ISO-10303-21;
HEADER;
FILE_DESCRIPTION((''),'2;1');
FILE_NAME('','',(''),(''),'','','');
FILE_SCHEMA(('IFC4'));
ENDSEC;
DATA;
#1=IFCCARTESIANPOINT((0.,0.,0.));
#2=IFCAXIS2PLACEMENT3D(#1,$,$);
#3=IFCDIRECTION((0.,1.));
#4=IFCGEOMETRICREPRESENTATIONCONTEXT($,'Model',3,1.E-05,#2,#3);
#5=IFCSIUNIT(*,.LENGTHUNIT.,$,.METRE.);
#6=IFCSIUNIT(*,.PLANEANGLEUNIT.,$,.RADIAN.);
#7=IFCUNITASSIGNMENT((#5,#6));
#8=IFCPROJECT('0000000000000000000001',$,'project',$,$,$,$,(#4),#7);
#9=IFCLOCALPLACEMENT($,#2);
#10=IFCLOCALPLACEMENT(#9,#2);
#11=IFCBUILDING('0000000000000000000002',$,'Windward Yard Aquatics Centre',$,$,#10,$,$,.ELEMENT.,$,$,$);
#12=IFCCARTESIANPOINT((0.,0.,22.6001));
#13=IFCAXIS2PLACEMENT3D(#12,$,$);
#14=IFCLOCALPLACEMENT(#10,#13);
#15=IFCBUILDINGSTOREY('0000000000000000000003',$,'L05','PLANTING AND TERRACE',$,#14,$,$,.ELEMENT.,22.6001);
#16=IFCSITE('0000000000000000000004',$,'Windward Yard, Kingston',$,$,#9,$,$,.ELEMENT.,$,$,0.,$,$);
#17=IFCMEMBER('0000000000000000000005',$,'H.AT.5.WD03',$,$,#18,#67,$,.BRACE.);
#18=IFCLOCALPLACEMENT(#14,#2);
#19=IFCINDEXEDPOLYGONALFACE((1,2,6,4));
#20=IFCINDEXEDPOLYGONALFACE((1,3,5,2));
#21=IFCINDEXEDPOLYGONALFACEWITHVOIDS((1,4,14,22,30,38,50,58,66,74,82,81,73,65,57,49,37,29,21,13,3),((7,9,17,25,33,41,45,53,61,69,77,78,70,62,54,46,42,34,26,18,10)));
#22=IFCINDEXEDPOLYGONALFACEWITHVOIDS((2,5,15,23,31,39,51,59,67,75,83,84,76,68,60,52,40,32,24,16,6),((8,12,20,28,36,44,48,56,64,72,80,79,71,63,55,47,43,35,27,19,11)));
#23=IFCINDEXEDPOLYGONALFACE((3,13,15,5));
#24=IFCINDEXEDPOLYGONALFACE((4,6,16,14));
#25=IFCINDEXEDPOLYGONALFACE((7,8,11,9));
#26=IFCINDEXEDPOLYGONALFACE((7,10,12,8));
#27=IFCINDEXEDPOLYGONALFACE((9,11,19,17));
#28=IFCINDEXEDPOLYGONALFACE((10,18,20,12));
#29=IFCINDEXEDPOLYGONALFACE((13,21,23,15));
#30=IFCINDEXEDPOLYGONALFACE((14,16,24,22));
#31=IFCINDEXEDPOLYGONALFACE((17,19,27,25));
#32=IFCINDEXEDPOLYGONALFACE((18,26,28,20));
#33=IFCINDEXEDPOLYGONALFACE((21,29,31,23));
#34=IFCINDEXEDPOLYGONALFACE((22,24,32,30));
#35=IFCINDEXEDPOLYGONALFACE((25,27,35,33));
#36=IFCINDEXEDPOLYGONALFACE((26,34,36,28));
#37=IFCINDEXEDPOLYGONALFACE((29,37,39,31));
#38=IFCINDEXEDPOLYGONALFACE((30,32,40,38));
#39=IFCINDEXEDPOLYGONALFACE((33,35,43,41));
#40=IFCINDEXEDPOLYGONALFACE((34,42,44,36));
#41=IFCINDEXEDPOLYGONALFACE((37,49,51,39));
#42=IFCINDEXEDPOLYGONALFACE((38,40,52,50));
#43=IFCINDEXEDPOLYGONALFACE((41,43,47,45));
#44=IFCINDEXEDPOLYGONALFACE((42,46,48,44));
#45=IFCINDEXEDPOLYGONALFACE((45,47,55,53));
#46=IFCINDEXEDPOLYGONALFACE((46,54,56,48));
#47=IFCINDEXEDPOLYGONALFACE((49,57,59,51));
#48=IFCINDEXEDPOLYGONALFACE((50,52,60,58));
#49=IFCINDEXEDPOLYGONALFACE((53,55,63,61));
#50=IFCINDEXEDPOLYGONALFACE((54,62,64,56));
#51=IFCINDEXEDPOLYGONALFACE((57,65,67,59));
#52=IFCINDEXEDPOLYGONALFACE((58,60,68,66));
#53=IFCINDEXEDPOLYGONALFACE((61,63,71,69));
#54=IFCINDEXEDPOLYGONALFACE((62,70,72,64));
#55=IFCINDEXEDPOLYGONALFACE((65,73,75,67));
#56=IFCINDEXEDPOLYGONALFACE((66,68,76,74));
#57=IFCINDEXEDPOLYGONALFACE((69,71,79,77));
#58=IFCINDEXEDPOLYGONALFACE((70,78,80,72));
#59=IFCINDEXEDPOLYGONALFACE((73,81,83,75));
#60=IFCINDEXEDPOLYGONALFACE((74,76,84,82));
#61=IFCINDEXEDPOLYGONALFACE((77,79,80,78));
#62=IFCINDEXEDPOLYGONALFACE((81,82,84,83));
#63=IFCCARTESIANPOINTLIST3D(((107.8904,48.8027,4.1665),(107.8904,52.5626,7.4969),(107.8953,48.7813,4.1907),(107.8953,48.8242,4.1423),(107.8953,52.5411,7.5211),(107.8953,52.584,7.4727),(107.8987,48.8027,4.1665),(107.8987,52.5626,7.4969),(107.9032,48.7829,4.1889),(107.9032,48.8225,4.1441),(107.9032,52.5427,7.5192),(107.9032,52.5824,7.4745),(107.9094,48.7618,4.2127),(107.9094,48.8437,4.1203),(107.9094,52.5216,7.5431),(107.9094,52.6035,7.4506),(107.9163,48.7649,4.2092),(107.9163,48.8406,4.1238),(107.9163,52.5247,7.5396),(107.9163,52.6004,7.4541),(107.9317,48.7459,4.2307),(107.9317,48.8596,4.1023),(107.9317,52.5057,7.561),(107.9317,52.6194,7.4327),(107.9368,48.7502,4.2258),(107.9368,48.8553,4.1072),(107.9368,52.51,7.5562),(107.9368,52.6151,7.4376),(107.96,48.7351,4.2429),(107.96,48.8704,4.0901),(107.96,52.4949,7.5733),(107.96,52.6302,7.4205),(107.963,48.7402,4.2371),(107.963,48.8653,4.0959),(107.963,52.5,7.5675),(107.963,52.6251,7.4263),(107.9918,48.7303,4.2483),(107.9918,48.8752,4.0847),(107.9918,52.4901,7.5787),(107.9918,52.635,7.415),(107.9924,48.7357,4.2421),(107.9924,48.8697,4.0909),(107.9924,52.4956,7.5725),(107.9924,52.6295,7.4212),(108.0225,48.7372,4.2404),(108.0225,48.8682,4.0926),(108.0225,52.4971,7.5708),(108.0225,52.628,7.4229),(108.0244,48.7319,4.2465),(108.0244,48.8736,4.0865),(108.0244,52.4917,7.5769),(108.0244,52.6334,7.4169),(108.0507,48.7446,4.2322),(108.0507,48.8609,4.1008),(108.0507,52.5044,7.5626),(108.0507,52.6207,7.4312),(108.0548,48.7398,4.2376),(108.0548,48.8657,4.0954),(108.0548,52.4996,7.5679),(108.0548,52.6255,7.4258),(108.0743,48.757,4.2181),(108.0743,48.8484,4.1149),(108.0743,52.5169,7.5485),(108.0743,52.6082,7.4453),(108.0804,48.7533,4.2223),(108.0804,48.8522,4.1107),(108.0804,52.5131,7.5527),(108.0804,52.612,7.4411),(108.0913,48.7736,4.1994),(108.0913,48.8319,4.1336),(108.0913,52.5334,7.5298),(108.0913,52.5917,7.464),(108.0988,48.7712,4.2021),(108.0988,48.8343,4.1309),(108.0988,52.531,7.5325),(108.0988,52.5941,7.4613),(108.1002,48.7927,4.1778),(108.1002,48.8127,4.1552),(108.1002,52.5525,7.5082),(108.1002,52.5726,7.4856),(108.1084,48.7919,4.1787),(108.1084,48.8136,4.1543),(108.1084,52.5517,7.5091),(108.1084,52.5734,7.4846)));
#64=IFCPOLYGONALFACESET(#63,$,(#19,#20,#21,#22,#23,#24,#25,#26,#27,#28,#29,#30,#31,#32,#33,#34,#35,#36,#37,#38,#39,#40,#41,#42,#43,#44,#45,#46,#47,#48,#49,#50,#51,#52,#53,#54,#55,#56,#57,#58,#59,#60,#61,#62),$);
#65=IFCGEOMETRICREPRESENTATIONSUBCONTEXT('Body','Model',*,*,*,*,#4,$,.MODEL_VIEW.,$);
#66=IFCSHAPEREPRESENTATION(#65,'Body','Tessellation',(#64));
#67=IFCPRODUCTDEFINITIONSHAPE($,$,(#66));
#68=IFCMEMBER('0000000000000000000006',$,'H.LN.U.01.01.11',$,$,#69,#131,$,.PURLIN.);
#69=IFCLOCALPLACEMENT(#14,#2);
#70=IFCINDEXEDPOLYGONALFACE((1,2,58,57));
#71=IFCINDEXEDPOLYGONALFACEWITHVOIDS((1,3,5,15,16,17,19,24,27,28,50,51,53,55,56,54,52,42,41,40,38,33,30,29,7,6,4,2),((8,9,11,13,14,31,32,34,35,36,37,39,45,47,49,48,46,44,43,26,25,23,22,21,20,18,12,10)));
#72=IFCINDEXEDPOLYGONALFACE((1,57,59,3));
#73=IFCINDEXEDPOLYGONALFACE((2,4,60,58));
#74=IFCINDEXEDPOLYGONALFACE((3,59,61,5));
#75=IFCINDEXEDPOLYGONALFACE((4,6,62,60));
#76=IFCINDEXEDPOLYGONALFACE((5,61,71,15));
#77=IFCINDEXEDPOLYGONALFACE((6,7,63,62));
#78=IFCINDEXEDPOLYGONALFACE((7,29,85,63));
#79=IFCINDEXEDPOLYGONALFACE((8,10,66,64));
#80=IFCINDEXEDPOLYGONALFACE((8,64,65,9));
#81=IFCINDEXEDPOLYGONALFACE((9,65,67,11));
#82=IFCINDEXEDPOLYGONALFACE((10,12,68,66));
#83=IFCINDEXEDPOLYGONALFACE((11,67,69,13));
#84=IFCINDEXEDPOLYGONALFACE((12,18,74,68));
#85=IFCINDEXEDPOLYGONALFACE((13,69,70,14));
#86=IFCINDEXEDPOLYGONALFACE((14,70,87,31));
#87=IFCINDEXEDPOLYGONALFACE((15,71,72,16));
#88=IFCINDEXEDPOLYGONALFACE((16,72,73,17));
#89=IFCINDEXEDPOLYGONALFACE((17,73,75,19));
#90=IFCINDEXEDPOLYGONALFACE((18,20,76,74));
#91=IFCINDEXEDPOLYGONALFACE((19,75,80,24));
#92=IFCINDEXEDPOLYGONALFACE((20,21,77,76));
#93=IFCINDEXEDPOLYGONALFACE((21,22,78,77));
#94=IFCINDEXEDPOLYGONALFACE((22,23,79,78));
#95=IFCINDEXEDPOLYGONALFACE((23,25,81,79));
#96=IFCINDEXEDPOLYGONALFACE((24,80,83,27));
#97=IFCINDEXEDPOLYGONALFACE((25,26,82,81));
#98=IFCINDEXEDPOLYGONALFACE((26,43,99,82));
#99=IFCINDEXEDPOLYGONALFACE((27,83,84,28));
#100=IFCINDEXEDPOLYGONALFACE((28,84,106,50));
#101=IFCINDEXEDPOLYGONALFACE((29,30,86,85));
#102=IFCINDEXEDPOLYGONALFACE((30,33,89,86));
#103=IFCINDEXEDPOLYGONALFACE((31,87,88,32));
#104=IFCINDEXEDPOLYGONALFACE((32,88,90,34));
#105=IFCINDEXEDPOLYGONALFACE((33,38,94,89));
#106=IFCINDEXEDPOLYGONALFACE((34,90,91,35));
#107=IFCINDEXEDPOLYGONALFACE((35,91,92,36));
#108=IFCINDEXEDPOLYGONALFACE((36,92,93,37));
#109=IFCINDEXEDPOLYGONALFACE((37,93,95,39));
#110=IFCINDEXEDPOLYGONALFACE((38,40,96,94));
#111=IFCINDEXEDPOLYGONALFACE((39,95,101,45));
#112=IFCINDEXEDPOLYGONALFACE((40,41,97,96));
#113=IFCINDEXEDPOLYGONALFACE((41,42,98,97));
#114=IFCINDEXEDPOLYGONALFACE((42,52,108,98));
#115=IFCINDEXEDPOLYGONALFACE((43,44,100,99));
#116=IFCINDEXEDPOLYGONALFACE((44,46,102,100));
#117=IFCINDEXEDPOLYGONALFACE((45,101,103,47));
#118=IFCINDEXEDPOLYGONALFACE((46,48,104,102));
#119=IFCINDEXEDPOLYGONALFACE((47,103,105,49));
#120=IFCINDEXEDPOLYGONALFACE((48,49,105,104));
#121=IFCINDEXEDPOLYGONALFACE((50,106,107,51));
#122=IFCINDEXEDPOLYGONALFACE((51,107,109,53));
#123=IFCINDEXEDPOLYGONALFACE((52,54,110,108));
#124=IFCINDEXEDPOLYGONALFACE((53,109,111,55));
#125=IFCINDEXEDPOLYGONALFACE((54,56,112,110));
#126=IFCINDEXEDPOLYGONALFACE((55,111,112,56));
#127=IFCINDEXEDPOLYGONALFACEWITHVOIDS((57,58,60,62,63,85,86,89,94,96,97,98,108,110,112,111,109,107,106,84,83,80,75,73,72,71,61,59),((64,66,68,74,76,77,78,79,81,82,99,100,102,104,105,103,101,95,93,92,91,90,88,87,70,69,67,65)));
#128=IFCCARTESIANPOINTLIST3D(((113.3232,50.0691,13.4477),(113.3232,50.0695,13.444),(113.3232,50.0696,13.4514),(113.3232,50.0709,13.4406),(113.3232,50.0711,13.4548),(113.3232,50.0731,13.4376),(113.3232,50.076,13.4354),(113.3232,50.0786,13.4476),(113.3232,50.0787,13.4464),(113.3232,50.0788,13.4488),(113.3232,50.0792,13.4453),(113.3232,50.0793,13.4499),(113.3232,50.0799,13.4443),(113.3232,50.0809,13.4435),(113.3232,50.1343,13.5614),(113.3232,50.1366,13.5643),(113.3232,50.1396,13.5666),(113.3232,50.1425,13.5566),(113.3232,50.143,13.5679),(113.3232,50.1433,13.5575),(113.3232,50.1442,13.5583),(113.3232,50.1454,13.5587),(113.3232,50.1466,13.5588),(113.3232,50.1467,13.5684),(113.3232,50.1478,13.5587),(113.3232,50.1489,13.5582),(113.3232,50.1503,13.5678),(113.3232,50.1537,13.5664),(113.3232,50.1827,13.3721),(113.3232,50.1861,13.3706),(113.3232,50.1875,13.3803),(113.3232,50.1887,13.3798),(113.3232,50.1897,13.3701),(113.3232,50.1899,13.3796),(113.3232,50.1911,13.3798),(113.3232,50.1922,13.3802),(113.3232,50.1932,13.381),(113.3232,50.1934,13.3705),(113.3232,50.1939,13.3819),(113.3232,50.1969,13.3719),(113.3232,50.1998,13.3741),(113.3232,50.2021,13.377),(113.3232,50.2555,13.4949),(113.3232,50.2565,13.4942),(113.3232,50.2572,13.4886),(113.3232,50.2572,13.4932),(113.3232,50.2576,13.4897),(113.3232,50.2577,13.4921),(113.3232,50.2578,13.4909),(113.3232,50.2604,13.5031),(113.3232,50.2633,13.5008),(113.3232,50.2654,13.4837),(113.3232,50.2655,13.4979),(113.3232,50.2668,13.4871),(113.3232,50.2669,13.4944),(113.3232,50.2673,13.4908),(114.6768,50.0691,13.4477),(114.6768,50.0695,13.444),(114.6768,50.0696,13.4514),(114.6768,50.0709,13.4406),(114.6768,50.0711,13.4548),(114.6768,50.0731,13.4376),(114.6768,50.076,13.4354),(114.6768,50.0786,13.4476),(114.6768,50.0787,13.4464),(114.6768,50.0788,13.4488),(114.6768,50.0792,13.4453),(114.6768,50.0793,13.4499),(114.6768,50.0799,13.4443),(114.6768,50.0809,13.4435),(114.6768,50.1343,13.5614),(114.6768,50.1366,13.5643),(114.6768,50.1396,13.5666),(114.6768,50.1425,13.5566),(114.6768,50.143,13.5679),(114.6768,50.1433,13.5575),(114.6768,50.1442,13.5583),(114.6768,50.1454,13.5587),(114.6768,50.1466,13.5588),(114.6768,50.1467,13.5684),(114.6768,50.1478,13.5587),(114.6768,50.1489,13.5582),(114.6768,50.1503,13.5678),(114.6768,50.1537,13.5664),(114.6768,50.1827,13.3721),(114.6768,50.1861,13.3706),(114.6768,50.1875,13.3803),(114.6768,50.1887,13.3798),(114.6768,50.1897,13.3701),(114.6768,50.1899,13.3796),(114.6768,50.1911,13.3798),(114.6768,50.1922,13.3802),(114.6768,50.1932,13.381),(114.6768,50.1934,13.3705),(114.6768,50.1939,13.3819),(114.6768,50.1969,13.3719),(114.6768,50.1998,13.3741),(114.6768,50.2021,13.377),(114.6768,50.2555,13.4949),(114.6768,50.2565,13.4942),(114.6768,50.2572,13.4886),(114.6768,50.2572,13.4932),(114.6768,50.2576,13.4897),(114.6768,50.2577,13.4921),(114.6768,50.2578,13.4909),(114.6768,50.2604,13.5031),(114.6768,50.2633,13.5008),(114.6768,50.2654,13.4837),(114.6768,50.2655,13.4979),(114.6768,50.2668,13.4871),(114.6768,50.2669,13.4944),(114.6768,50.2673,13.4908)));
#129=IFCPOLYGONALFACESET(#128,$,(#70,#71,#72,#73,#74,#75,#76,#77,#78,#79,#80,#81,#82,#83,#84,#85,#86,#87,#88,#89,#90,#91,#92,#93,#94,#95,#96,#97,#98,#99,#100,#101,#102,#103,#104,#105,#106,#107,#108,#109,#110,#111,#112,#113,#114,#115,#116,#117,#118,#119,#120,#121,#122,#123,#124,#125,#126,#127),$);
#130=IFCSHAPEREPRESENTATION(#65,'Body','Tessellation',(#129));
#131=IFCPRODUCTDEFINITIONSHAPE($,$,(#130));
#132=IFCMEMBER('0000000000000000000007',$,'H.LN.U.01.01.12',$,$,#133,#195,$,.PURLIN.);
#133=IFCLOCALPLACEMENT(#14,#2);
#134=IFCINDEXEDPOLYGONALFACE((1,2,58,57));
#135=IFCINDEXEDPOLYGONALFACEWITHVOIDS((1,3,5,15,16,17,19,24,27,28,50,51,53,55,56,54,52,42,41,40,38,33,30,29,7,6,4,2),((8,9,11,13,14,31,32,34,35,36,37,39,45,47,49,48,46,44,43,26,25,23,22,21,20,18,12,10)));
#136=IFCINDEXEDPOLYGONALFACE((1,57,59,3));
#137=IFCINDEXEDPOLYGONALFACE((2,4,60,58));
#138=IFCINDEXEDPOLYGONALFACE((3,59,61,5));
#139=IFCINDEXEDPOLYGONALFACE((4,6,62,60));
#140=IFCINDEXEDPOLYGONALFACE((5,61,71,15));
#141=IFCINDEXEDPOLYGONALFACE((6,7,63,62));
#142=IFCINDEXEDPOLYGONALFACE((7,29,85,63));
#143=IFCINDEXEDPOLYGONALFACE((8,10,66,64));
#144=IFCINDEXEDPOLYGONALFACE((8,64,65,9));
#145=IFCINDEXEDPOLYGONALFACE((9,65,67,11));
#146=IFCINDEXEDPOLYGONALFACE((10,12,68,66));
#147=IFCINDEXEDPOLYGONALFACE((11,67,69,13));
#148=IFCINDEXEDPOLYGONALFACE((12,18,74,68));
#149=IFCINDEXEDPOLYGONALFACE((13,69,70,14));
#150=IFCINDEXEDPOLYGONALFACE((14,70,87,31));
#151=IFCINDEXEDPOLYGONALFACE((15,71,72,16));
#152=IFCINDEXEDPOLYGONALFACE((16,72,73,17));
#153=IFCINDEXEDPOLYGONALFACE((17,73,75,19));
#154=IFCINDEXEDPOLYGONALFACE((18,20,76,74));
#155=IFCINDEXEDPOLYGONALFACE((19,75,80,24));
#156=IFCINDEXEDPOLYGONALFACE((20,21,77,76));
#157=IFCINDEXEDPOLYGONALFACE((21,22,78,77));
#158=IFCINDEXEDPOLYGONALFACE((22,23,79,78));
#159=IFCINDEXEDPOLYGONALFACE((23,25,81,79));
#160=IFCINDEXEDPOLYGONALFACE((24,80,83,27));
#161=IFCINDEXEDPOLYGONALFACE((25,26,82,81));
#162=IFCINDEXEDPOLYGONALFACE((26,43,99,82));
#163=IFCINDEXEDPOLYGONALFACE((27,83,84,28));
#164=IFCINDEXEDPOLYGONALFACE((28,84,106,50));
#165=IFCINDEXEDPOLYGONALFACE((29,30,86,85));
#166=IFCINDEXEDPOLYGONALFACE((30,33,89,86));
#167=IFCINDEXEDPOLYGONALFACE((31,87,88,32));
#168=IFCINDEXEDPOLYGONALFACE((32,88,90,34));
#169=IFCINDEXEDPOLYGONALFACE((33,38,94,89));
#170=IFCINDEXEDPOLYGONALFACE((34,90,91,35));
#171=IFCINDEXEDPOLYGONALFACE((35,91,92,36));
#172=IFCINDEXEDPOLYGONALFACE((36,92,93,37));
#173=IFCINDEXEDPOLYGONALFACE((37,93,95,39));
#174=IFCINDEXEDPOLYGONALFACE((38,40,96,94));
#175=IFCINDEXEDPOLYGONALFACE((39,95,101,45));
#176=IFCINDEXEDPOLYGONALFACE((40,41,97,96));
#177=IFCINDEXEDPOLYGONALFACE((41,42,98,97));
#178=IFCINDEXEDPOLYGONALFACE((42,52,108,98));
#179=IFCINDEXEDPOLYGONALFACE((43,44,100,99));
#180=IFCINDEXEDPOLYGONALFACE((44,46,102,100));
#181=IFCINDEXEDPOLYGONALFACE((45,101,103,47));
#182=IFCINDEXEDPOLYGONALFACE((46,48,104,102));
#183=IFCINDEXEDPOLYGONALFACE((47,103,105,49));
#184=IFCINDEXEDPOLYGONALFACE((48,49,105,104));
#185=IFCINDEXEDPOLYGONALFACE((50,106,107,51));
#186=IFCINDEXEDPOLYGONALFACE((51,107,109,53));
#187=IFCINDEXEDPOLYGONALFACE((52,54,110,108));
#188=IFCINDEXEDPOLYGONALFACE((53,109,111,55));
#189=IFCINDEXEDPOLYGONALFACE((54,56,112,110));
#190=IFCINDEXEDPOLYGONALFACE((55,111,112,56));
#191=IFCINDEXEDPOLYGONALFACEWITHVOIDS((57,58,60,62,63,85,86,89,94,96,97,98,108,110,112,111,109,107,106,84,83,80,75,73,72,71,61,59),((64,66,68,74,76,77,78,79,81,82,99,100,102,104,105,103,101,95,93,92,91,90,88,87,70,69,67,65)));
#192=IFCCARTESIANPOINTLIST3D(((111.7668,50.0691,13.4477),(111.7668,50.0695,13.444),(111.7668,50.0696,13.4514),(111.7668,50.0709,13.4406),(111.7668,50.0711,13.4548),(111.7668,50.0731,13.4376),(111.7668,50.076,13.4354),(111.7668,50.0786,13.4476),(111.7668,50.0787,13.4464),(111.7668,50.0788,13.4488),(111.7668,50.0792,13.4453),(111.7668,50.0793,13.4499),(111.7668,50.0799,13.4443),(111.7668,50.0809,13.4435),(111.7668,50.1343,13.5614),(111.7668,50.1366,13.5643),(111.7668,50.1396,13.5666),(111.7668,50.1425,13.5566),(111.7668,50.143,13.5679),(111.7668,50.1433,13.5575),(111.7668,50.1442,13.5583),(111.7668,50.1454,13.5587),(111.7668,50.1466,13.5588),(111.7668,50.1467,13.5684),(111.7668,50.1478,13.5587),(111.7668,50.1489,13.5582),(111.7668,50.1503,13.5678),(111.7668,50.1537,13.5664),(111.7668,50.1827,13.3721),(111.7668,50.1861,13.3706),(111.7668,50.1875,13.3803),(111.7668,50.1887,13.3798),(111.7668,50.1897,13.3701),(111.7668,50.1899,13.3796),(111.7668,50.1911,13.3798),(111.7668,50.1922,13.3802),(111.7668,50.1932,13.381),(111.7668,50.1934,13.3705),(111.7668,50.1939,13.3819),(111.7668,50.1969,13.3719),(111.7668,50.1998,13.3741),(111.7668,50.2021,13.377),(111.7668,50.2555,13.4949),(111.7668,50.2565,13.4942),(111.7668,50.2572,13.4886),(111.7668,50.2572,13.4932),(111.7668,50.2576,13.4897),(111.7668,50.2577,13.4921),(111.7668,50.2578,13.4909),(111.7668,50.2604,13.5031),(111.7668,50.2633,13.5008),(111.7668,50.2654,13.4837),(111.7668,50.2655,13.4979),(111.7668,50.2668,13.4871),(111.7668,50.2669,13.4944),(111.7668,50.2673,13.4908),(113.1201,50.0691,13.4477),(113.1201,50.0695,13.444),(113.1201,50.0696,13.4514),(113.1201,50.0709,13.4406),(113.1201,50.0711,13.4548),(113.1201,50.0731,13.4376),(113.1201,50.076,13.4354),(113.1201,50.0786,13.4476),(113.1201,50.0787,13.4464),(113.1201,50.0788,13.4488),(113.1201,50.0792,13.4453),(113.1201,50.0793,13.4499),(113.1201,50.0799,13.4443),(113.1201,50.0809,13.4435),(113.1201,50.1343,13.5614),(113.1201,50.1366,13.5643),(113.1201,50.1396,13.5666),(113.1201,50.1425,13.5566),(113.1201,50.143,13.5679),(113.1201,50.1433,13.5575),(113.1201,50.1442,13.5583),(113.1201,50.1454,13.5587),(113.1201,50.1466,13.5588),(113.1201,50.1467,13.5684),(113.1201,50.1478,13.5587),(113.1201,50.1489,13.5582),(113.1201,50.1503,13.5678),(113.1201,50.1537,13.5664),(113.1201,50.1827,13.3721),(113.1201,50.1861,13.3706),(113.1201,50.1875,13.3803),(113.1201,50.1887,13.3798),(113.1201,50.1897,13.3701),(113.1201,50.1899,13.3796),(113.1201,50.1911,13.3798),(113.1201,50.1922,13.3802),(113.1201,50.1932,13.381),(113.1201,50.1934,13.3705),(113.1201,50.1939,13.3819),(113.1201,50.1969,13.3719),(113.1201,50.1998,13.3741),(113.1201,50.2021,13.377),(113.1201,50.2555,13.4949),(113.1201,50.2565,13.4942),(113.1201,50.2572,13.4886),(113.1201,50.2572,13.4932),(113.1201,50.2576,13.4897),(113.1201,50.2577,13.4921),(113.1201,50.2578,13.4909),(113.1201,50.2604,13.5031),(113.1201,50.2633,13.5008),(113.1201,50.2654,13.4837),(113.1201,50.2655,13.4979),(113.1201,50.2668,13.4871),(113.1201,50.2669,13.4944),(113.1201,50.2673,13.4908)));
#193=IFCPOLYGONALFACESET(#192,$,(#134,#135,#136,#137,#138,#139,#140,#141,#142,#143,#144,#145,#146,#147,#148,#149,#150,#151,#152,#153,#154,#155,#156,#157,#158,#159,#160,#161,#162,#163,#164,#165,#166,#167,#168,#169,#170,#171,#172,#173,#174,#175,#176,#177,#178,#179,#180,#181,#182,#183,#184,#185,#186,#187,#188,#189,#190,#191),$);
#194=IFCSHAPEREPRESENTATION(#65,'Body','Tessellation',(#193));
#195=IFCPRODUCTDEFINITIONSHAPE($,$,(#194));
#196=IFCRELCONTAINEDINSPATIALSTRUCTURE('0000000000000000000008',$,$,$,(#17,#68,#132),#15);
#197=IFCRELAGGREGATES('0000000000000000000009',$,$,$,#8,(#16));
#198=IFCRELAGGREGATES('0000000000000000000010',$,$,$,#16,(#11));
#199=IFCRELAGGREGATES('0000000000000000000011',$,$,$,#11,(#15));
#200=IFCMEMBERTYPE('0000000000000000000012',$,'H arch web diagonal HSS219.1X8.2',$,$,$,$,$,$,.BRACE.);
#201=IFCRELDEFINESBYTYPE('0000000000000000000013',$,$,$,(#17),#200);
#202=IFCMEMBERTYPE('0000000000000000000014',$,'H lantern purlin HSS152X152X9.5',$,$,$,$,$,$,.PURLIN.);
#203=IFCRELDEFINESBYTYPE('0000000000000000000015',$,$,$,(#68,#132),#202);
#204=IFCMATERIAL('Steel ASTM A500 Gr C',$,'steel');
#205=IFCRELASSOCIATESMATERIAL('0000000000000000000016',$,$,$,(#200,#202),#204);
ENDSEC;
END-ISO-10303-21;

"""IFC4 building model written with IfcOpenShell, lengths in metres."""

from ifc_helpers import new_model, si_unit, direction, frame, origin, origin_2d, place, context, subcontext, project, spatial, hollow_rectangle, hollow_circle, extrude, material, material_profile, profile_set, type_object, element, save


model = new_model("IFC4")

# Units and contexts
model_context = context("Model", 3, precision=1e-05, world=origin(), true_north=direction((0.0, 1.0)))
body_context = subcontext(model_context, "Body", "Model", "MODEL_VIEW")
ifc_project = project(units=[si_unit("LENGTHUNIT", "METRE"), si_unit("PLANEANGLEUNIT", "RADIAN")], contexts=[model_context])

# Site, building, storey
site_placement = place(None, origin())
site = spatial("IfcSite", under=ifc_project, at=site_placement, Name="Windward Yard, Kingston", CompositionType="ELEMENT", RefElevation=0.0)
building_placement = place(site_placement, origin())
building = spatial("IfcBuilding", under=site, at=building_placement, Name="Windward Yard Aquatics Centre", CompositionType="ELEMENT")
storey_placement = place(building_placement, frame((0.0, 0.0, 22.6001)))
storey = spatial("IfcBuildingStorey", under=building, at=storey_placement, Name="L05", Description="PLANTING AND TERRACE", CompositionType="ELEMENT", Elevation=22.6001)

# Members
ifc_material_1 = material(Name="Steel ASTM A500 Gr C", Category="steel")
ifc_material_profile_1 = material_profile(ifc_material_1, hollow_circle(Radius=0.1096, WallThickness=0.0083, at=origin_2d()), Name="HSS219.1X8.2")
ifc_profile_set_1 = profile_set([ifc_material_profile_1], Name="Steel ASTM A500 Gr C")
member_type_1 = type_object("IfcMemberType", Name="H arch web diagonal HSS219.1X8.2", PredefinedType="BRACE", material=ifc_profile_set_1)
member_1_placement = place(storey_placement, frame((108.0, 48.8027, 4.1665), z_axis=(0.0, 0.748564, 0.663062), x_axis=(-1.0, 0.0, 0.0)))
element("IfcMember", 1, at=member_1_placement, inside=storey, type_object=member_type_1, Name="H.AT.5.WD03", PredefinedType="BRACE", context=body_context, shape_type="SweptSolid", body=[
    extrude(hollow_circle(Radius=0.1096, WallThickness=0.0083, at=origin_2d()), origin(), (0.0, 0.0, 1.0), 5.0227),
])
ifc_material_profile_2 = material_profile(ifc_material_1, hollow_rectangle(XDim=0.1523, YDim=0.1523, WallThickness=0.0095, InnerFilletRadius=0.0046, OuterFilletRadius=0.0142, at=origin_2d()), Name="HSS152X152X9.5")
ifc_profile_set_2 = profile_set([ifc_material_profile_2], Name="Steel ASTM A500 Gr C")
member_type_2 = type_object("IfcMemberType", Name="H lantern purlin HSS152X152X9.5", PredefinedType="PURLIN", material=ifc_profile_set_2)
member_2_placement = place(storey_placement, frame((114.6768, 50.1682, 13.4692), z_axis=(-1.0, 0.0, 0.0), x_axis=(0.0, -0.51012, -0.860103)))
element("IfcMember", 2, at=member_2_placement, inside=storey, type_object=member_type_2, Name="H.LN.U.01.01.11", PredefinedType="PURLIN", context=body_context, shape_type="SweptSolid", body=[
    extrude(hollow_rectangle(XDim=0.1523, YDim=0.1523, WallThickness=0.0095, InnerFilletRadius=0.0046, OuterFilletRadius=0.0142, at=origin_2d()), origin(), (0.0, 0.0, 1.0), 1.3535),
])
member_3_placement = place(storey_placement, frame((113.1201, 50.1682, 13.4692), z_axis=(-1.0, 0.0, 0.0), x_axis=(0.0, -0.51012, -0.860103)))
element("IfcMember", 3, at=member_3_placement, inside=storey, type_object=member_type_2, Name="H.LN.U.01.01.12", PredefinedType="PURLIN", context=body_context, shape_type="SweptSolid", body=[
    extrude(hollow_rectangle(XDim=0.1523, YDim=0.1523, WallThickness=0.0095, InnerFilletRadius=0.0046, OuterFilletRadius=0.0142, at=origin_2d()), origin(), (0.0, 0.0, 1.0), 1.3533),
])

save(model, "model.ifc")
